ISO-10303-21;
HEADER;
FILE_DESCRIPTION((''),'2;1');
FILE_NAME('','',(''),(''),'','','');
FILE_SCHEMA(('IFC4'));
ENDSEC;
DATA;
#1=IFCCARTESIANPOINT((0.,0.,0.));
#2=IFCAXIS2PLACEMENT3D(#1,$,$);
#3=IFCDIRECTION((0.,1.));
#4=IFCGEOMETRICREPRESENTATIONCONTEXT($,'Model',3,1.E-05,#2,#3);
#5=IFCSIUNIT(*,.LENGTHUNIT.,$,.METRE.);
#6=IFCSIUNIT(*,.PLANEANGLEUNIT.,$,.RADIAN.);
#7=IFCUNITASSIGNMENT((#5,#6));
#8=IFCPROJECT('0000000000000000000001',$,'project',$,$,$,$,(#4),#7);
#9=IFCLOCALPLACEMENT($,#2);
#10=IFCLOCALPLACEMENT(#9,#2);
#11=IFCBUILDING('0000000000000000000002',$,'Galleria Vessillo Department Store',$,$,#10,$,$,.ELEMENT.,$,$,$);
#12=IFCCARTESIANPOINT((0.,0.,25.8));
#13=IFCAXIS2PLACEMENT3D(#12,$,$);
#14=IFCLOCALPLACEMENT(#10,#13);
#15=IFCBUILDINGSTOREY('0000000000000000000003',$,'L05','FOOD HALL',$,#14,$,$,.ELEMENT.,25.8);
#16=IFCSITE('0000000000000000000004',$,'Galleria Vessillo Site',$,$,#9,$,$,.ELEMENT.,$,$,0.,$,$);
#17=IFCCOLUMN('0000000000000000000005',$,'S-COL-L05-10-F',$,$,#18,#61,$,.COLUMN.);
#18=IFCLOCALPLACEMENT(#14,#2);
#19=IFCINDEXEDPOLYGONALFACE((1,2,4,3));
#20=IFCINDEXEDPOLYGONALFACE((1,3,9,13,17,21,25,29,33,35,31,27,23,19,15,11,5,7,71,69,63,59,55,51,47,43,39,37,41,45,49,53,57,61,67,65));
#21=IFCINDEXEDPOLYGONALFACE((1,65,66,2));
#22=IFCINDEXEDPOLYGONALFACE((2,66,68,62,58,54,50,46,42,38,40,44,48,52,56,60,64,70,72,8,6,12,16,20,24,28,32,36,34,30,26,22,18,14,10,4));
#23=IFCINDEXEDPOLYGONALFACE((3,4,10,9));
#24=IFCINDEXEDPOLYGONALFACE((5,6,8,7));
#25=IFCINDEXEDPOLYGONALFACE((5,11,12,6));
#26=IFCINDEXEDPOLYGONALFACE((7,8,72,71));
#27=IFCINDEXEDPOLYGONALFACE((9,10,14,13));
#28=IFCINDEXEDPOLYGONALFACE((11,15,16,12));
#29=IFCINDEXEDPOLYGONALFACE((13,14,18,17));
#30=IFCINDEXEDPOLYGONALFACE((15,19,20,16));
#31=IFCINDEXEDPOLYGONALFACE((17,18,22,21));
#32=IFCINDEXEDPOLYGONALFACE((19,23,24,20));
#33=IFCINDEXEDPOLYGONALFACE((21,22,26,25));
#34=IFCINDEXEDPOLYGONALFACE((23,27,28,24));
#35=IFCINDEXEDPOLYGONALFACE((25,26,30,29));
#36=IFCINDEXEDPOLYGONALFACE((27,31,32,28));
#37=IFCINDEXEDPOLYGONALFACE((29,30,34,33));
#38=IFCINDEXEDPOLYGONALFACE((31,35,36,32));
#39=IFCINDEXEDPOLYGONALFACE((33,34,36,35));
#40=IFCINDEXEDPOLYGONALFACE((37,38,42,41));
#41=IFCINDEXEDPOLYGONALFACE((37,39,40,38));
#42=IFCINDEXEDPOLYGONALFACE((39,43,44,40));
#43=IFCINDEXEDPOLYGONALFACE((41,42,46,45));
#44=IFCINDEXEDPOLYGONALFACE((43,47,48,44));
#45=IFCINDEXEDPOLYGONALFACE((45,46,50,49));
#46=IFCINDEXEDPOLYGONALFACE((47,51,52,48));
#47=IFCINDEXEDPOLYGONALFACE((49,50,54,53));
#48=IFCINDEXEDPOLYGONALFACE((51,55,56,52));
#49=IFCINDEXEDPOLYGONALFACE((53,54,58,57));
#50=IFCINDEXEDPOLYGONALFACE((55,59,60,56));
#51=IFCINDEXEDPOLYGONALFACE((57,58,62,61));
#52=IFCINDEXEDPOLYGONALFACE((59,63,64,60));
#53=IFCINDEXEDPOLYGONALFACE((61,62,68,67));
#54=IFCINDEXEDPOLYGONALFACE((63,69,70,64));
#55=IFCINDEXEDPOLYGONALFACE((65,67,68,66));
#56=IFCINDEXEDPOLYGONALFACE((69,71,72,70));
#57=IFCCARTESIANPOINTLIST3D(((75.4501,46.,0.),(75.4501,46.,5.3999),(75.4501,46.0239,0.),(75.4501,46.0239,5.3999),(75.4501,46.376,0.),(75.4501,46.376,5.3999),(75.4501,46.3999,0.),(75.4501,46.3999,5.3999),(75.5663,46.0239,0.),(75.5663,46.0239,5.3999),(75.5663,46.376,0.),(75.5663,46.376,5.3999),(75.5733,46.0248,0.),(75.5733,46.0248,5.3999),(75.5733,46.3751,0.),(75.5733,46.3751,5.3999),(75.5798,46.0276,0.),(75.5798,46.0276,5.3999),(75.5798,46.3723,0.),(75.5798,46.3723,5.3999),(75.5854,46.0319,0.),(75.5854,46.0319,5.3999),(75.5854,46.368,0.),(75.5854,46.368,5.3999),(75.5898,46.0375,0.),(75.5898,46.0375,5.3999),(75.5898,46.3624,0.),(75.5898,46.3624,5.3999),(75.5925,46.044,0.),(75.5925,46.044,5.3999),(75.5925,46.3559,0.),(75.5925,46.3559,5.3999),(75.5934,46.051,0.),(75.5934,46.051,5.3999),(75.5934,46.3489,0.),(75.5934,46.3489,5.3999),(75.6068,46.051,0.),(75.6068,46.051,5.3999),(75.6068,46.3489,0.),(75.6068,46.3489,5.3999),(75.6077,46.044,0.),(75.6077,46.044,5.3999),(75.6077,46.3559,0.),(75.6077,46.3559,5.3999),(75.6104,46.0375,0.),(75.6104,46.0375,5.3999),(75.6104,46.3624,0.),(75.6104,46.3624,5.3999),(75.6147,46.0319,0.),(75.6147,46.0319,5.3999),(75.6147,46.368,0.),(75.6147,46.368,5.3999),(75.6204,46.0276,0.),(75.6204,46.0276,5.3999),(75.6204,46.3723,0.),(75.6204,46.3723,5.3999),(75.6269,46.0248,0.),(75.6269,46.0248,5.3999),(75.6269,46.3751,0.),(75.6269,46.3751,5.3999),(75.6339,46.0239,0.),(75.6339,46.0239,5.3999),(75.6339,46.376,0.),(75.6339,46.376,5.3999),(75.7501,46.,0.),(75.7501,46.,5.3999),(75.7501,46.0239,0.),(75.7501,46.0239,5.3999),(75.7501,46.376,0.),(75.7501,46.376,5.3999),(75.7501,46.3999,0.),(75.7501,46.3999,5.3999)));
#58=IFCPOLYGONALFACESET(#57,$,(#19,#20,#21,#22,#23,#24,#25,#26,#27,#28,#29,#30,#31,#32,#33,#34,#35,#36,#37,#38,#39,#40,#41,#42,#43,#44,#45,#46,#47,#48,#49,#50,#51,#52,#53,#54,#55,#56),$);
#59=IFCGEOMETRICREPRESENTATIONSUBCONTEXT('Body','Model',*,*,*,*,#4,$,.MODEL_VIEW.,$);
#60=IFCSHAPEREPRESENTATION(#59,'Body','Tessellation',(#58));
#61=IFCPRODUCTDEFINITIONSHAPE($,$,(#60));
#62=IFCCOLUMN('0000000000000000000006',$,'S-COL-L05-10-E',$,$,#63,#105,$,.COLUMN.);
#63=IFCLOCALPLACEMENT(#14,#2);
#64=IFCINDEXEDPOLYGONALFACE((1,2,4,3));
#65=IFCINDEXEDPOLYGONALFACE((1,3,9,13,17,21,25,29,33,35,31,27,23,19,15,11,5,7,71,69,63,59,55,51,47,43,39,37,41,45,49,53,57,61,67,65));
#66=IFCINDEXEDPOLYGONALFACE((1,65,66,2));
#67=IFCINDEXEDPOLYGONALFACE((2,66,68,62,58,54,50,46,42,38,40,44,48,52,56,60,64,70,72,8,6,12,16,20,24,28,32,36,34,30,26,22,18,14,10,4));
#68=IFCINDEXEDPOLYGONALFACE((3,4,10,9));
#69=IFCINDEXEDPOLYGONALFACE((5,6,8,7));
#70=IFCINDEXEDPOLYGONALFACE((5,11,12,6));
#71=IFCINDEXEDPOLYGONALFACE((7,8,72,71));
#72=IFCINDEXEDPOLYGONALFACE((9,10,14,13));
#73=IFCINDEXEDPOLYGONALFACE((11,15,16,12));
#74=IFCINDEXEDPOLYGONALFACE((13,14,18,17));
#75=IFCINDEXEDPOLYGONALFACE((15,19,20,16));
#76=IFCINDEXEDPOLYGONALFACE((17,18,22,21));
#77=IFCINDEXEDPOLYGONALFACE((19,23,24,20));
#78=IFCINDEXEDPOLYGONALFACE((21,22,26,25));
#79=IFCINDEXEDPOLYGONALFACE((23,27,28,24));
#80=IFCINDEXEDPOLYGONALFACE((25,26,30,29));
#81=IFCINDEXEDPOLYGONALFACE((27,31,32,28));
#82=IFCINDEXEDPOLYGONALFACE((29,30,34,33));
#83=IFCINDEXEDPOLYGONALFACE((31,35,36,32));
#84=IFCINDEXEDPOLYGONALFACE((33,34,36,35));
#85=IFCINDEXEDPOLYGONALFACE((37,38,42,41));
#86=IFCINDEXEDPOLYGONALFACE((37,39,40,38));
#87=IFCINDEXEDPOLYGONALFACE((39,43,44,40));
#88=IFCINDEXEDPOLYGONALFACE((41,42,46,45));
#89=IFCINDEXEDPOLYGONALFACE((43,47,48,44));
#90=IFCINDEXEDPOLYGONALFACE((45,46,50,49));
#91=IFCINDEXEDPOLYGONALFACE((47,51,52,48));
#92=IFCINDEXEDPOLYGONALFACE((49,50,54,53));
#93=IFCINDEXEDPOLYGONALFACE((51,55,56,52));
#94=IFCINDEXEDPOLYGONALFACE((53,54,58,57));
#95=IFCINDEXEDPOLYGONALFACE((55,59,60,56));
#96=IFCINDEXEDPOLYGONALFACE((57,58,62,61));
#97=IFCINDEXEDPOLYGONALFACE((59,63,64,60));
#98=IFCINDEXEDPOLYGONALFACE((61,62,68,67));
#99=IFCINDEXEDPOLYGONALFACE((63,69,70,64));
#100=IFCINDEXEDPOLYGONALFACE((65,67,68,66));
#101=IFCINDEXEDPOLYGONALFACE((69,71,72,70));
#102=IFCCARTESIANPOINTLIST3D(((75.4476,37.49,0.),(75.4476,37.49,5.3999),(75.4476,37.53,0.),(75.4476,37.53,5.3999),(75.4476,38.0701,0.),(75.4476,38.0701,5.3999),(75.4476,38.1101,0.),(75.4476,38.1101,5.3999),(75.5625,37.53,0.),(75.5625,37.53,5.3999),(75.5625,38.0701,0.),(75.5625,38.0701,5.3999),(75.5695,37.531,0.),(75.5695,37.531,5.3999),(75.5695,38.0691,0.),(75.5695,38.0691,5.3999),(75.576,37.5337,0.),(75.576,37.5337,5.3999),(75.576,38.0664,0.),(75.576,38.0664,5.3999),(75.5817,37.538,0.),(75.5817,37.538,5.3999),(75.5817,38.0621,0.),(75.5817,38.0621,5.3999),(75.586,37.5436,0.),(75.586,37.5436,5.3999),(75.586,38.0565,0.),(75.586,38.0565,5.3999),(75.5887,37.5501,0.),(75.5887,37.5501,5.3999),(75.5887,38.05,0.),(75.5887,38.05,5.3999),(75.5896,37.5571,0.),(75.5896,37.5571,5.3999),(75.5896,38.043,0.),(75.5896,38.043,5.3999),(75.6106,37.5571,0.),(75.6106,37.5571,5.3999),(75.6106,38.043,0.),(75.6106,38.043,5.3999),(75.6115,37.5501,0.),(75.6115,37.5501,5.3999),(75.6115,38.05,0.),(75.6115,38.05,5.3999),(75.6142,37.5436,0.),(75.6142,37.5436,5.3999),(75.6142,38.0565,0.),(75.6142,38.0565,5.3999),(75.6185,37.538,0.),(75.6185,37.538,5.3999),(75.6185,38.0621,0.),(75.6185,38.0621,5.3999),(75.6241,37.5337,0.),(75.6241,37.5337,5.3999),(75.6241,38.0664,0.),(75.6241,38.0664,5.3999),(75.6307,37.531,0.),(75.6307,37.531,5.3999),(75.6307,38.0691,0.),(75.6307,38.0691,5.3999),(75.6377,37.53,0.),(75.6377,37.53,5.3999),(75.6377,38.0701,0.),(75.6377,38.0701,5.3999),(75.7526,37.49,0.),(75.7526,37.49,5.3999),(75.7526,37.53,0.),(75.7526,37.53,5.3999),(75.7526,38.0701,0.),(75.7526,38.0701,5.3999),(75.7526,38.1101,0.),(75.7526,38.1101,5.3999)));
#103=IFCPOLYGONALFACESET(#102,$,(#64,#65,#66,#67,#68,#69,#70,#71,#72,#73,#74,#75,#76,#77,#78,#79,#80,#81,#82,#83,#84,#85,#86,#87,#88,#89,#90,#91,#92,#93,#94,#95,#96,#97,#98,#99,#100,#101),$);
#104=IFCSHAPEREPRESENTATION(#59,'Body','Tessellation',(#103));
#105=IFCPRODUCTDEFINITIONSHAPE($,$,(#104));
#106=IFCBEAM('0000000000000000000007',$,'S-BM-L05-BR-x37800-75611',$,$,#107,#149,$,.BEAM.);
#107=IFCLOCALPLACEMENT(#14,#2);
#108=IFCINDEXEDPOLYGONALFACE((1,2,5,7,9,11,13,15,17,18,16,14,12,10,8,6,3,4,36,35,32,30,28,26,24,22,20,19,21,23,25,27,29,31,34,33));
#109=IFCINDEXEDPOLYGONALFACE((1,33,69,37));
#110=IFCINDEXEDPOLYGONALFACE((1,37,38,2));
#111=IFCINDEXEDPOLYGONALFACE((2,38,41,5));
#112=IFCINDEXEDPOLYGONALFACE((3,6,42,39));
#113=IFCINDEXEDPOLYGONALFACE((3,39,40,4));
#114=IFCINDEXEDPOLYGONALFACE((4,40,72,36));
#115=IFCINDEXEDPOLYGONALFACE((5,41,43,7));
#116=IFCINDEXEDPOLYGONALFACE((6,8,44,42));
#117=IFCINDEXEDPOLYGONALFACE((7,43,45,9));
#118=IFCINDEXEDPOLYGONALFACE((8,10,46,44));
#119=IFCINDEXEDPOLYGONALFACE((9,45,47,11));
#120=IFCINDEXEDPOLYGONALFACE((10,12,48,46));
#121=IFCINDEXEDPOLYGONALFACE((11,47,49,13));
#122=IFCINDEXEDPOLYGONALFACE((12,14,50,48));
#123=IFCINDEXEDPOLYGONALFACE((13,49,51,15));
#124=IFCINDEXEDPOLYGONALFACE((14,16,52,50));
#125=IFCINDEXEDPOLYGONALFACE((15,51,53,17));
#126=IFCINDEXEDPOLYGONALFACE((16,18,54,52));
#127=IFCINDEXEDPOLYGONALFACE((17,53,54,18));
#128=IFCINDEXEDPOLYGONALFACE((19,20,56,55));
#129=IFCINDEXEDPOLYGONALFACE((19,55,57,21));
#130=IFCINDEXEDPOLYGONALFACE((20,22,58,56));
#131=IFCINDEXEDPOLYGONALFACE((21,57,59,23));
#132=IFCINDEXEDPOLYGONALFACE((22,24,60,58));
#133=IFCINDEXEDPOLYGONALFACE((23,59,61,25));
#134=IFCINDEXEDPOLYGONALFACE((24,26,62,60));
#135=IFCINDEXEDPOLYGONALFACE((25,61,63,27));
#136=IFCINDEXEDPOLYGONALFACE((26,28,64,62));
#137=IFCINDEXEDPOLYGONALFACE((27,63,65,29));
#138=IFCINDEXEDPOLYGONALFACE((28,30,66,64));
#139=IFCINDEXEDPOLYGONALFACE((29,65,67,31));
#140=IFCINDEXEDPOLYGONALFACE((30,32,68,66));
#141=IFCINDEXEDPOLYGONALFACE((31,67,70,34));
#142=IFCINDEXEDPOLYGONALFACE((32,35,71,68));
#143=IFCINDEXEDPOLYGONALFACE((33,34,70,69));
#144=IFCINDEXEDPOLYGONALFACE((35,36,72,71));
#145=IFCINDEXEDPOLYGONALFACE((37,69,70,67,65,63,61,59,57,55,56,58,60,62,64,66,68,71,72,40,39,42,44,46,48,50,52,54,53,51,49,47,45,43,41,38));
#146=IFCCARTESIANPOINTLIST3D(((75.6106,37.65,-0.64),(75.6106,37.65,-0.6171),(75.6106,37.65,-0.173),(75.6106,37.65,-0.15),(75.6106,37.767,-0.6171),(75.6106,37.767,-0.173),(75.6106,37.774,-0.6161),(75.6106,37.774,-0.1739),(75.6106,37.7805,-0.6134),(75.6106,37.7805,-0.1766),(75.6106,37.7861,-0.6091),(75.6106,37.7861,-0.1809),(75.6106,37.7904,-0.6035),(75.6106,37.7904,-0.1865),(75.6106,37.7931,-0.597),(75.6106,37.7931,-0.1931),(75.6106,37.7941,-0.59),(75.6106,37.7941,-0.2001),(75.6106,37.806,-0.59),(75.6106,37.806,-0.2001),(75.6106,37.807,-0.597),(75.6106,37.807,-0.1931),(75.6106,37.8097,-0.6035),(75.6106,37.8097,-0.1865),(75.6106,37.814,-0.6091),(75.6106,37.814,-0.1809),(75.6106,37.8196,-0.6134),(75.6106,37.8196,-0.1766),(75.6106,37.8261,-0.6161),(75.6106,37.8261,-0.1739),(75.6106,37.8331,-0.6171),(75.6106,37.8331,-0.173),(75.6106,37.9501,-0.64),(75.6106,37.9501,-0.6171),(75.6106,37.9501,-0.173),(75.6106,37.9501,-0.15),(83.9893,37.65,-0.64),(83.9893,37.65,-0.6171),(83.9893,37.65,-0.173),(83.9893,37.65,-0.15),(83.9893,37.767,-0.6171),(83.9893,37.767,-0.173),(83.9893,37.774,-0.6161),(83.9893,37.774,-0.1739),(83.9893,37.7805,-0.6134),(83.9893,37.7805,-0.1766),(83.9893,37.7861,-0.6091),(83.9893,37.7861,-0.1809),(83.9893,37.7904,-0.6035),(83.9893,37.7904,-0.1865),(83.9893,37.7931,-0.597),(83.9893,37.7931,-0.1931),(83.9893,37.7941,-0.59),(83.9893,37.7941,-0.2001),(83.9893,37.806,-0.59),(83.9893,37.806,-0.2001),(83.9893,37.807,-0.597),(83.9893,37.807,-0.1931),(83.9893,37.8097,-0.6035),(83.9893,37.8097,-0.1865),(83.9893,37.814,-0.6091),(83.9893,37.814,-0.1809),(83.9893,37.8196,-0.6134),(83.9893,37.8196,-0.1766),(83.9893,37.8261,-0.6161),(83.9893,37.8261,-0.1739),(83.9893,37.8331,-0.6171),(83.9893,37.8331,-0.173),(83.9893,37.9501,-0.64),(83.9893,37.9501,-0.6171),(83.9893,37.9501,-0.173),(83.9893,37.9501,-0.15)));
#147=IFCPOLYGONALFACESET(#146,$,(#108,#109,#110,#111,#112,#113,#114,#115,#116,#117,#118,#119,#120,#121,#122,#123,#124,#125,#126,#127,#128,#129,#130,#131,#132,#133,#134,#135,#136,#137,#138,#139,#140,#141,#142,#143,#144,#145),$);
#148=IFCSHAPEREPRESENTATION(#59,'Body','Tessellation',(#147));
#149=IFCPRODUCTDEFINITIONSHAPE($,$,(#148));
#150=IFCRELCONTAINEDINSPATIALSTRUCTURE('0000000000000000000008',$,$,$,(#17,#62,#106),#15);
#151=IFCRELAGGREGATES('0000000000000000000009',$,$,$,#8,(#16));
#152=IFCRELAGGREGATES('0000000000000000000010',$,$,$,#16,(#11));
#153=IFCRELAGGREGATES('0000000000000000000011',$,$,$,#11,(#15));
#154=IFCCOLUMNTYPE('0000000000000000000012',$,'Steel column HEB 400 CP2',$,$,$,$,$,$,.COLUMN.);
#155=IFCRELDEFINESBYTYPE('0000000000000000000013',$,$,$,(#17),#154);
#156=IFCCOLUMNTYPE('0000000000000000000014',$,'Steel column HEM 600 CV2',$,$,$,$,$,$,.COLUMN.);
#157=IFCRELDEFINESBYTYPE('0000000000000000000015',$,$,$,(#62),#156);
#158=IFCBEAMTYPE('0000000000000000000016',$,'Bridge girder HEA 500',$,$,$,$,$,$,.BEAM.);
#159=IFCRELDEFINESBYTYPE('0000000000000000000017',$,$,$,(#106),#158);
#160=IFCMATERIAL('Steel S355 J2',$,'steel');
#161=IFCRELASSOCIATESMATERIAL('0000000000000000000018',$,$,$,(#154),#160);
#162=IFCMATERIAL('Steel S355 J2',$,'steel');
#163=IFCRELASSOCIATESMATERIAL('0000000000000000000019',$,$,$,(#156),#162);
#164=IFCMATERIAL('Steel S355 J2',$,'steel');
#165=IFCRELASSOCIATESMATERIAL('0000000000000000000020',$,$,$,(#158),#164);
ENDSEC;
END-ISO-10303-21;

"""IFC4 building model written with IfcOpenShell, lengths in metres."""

from ifc_helpers import new_model, si_unit, direction, frame, origin, origin_2d, place, context, subcontext, project, spatial, i_section, extrude, material, material_profile, profile_set, type_object, element, save


model = new_model("IFC4")

# Units and contexts
model_context = context("Model", 3, precision=1e-05, world=origin(), true_north=direction((0.0, 1.0)))
body_context = subcontext(model_context, "Body", "Model", "MODEL_VIEW")
ifc_project = project(units=[si_unit("LENGTHUNIT", "METRE"), si_unit("PLANEANGLEUNIT", "RADIAN")], contexts=[model_context])

# Site, building, storey
site_placement = place(None, origin())
site = spatial("IfcSite", under=ifc_project, at=site_placement, Name="Galleria Vessillo Site", CompositionType="ELEMENT", RefElevation=0.0)
building_placement = place(site_placement, origin())
building = spatial("IfcBuilding", under=site, at=building_placement, Name="Galleria Vessillo Department Store", CompositionType="ELEMENT")
storey_placement = place(building_placement, frame((0.0, 0.0, 25.8)))
storey = spatial("IfcBuildingStorey", under=building, at=storey_placement, Name="L05", Description="FOOD HALL", CompositionType="ELEMENT", Elevation=25.8)

# Columns
ifc_material_1 = material(Name="Steel S355 J2", Category="steel")
ifc_material_profile_1 = material_profile(ifc_material_1, i_section(OverallWidth=0.3, OverallDepth=0.3999, WebThickness=0.0134, FlangeThickness=0.0239, FilletRadius=0.0271, at=origin_2d()), Name="HEB 400")
ifc_profile_set_1 = profile_set([ifc_material_profile_1], Name="Steel S355 J2")
column_type_1 = type_object("IfcColumnType", Name="Steel column HEB 400 CP2", PredefinedType="COLUMN", material=ifc_profile_set_1)
column_1_placement = place(storey_placement, frame((75.6001, 46.2, 0.0), z_axis=(0.0, 0.0, 1.0), x_axis=(1.0, 0.0, 0.0)))
element("IfcColumn", 1, at=column_1_placement, inside=storey, type_object=column_type_1, Name="S-COL-L05-10-F", PredefinedType="COLUMN", context=body_context, shape_type="SweptSolid", body=[
    extrude(i_section(OverallWidth=0.3, OverallDepth=0.3999, WebThickness=0.0134, FlangeThickness=0.0239, FilletRadius=0.0271, at=origin_2d()), origin(), (0.0, 0.0, 1.0), 5.3999),
])
ifc_material_2 = material(Name="Steel S355 J2", Category="steel")
ifc_material_profile_2 = material_profile(ifc_material_2, i_section(OverallWidth=0.3049, OverallDepth=0.6201, WebThickness=0.021, FlangeThickness=0.04, FilletRadius=0.0271, at=origin_2d()), Name="HEM 600")
ifc_profile_set_2 = profile_set([ifc_material_profile_2], Name="Steel S355 J2")
column_type_2 = type_object("IfcColumnType", Name="Steel column HEM 600 CV2", PredefinedType="COLUMN", material=ifc_profile_set_2)
column_2_placement = place(storey_placement, frame((75.6001, 37.8, 0.0), z_axis=(0.0, 0.0, 1.0), x_axis=(1.0, 0.0, 0.0)))
element("IfcColumn", 2, at=column_2_placement, inside=storey, type_object=column_type_2, Name="S-COL-L05-10-E", PredefinedType="COLUMN", context=body_context, shape_type="SweptSolid", body=[
    extrude(i_section(OverallWidth=0.3049, OverallDepth=0.6201, WebThickness=0.021, FlangeThickness=0.04, FilletRadius=0.0271, at=origin_2d()), origin(), (0.0, 0.0, 1.0), 5.3999),
])

# Beam
ifc_material_3 = material(Name="Steel S355 J2", Category="steel")
ifc_material_profile_3 = material_profile(ifc_material_3, i_section(OverallWidth=0.3, OverallDepth=0.49, WebThickness=0.012, FlangeThickness=0.0229, FilletRadius=0.0271, at=origin_2d()), Name="HEA 500")
ifc_profile_set_3 = profile_set([ifc_material_profile_3], Name="Steel S355 J2")
beam_type_1 = type_object("IfcBeamType", Name="Bridge girder HEA 500", PredefinedType="BEAM", material=ifc_profile_set_3)
beam_1_placement = place(storey_placement, frame((75.6106, 37.8, -0.395), z_axis=(1.0, 0.0, 0.0), x_axis=(0.0, 1.0, 0.0)))
element("IfcBeam", 3, at=beam_1_placement, inside=storey, type_object=beam_type_1, Name="S-BM-L05-BR-x37800-75611", PredefinedType="BEAM", context=body_context, shape_type="SweptSolid", body=[
    extrude(i_section(OverallWidth=0.3, OverallDepth=0.49, WebThickness=0.012, FlangeThickness=0.0229, FilletRadius=0.0271, at=origin_2d()), origin(), (0.0, 0.0, 1.0), 8.3787),
])

save(model, "model.ifc")
